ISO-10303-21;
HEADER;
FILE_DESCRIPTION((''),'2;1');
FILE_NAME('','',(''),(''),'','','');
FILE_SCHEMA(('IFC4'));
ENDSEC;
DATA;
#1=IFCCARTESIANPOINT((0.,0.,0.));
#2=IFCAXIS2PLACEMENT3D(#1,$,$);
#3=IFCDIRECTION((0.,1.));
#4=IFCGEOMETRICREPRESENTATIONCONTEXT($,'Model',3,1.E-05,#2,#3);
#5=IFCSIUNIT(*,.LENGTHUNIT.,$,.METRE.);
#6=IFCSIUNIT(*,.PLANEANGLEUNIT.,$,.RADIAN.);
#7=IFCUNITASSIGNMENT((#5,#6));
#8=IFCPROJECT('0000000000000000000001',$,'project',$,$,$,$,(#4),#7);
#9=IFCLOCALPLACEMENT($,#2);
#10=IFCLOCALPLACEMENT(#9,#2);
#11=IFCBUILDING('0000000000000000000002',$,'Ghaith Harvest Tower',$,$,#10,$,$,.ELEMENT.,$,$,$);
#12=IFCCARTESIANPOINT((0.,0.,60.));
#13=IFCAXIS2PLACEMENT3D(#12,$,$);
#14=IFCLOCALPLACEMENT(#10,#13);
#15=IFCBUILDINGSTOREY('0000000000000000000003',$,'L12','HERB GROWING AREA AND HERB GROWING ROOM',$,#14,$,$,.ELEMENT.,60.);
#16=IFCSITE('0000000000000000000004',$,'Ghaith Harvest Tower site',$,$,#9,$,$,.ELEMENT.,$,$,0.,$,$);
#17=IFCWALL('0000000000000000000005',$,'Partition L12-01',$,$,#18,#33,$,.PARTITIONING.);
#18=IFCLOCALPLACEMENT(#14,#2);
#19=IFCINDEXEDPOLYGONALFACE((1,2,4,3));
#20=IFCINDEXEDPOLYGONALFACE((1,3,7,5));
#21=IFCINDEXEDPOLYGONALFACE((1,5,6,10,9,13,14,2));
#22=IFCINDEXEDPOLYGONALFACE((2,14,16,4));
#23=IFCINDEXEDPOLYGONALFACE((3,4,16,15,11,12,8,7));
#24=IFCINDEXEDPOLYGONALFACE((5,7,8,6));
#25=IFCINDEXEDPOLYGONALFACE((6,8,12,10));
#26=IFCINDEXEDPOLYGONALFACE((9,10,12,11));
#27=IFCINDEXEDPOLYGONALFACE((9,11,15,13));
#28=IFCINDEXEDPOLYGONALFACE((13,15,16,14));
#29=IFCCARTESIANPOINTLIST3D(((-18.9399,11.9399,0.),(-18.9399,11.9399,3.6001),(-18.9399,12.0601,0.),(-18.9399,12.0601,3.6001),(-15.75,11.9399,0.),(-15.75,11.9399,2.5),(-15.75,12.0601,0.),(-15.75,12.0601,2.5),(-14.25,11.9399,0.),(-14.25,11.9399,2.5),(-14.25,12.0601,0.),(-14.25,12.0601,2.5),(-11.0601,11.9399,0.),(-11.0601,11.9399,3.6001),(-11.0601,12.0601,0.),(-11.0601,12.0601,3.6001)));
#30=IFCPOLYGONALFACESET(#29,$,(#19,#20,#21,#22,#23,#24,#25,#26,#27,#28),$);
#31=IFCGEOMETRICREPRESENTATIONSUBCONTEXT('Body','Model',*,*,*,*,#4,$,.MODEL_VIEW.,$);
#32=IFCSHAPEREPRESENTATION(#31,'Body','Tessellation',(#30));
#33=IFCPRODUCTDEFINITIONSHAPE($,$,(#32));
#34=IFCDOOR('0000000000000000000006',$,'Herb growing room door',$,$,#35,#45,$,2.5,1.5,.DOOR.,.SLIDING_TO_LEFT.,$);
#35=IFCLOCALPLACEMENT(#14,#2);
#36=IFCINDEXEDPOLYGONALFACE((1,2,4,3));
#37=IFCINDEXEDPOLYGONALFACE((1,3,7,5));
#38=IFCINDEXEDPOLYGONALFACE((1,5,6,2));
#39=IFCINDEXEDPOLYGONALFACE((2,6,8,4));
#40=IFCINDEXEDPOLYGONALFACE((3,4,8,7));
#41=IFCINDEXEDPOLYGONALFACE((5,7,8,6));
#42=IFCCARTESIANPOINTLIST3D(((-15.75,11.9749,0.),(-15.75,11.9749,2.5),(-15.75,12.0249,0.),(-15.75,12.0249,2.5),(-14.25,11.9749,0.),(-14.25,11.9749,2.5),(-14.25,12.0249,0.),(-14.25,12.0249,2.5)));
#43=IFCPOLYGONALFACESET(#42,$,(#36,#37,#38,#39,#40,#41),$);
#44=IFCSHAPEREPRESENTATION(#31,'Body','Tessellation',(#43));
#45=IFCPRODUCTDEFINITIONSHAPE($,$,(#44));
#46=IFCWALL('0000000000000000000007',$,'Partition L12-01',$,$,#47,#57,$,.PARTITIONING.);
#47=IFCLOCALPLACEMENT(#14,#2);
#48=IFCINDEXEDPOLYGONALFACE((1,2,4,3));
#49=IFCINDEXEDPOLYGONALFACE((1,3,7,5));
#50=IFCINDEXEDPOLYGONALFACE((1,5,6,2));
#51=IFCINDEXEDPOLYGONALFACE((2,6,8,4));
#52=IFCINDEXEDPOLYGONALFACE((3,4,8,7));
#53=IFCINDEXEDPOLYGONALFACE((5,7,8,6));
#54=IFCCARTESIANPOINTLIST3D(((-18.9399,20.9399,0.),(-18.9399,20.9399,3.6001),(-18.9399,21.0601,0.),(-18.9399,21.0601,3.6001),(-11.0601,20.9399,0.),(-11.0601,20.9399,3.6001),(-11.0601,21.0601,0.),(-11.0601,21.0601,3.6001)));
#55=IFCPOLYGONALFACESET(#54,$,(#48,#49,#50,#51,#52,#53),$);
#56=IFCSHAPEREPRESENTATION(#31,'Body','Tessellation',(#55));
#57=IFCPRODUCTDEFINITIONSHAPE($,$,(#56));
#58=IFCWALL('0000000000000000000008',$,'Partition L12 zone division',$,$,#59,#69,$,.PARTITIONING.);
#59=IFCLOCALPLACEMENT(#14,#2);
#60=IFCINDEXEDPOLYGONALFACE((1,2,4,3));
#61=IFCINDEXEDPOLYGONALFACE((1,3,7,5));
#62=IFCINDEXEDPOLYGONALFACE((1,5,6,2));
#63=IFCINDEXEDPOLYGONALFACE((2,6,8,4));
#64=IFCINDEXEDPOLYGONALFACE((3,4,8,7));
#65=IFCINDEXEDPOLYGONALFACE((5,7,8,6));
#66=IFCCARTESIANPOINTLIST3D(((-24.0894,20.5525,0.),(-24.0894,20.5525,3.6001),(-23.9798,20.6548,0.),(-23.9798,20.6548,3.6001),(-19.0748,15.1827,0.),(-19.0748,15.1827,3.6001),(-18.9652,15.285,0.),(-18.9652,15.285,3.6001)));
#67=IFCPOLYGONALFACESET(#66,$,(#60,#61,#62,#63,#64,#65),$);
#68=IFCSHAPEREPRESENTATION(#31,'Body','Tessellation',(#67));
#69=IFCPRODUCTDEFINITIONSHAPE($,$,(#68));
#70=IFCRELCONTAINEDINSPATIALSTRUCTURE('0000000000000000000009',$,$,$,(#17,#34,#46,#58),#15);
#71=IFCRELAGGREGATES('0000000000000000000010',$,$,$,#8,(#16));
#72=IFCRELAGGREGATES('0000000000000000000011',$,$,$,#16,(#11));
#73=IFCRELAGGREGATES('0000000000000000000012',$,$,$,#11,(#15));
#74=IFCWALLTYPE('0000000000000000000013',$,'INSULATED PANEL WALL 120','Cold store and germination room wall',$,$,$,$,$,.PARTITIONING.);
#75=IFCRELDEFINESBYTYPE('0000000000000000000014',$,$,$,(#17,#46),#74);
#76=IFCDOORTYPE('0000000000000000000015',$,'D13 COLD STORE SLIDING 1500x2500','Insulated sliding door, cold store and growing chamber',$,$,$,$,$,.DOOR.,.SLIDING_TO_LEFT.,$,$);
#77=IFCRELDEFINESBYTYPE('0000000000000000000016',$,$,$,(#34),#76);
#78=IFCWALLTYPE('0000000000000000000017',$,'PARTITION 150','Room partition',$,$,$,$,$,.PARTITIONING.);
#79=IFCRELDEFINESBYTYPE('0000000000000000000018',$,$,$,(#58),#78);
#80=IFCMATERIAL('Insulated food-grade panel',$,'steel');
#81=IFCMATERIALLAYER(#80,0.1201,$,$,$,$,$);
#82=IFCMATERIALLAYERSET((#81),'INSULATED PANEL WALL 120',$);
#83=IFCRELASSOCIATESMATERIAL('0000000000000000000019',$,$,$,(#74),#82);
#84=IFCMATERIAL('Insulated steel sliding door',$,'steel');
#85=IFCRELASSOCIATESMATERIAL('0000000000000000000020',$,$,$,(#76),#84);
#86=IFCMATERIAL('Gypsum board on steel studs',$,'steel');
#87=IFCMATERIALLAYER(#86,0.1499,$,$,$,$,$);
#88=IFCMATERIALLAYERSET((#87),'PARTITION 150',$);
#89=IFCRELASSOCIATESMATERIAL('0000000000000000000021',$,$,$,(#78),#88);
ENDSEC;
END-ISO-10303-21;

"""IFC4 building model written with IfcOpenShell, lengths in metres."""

from ifc_helpers import new_model, si_unit, direction, frame, frame_2d, origin, place, context, subcontext, project, spatial, rectangle, extrude, material, layer, layer_set, type_object, element, fill, save


model = new_model("IFC4")

# Units and contexts
model_context = context("Model", 3, precision=1e-05, world=origin(), true_north=direction((0.0, 1.0)))
body_context = subcontext(model_context, "Body", "Model", "MODEL_VIEW")
ifc_project = project(units=[si_unit("LENGTHUNIT", "METRE"), si_unit("PLANEANGLEUNIT", "RADIAN")], contexts=[model_context])

# Site, building, storey
site_placement = place(None, origin())
site = spatial("IfcSite", under=ifc_project, at=site_placement, Name="Ghaith Harvest Tower site", CompositionType="ELEMENT", RefElevation=0.0)
building_placement = place(site_placement, origin())
building = spatial("IfcBuilding", under=site, at=building_placement, Name="Ghaith Harvest Tower", CompositionType="ELEMENT")
storey_placement = place(building_placement, frame((0.0, 0.0, 60.0)))
storey = spatial("IfcBuildingStorey", under=building, at=storey_placement, Name="L12", Description="HERB GROWING AREA AND HERB GROWING ROOM", CompositionType="ELEMENT", Elevation=60.0)

# Shared definitions
ifc_material_1 = material(Name="Insulated food-grade panel", Category="steel")
ifc_layer_1 = layer(ifc_material_1, 0.1201)
ifc_layer_set_1 = layer_set([ifc_layer_1], Name="INSULATED PANEL WALL 120")
wall_type_1 = type_object("IfcWallType", Name="INSULATED PANEL WALL 120", Description="Cold store and germination room wall", PredefinedType="PARTITIONING", material=ifc_layer_set_1)

# Wall, opening, door
wall_1_placement = place(storey_placement, frame((-18.9399, 12.0, 0.0), z_axis=(0.0, 0.0, 1.0), x_axis=(1.0, 0.0, 0.0)))
wall_1 = element("IfcWall", 1, at=wall_1_placement, inside=storey, type_object=wall_type_1, Name="Partition L12-01", PredefinedType="PARTITIONING", context=body_context, shape_type="SweptSolid", body=[
    extrude(rectangle(XDim=7.8799, YDim=0.1201, at=frame_2d((3.9399, 0.0))), origin(), (0.0, 0.0, 1.0), 3.6001),
])
opening_placement = place(wall_1_placement, frame((3.1899, 0.0, 0.0)))
opening = element("IfcOpeningElement", 2, at=opening_placement, cuts=wall_1, PredefinedType="OPENING", context=body_context, shape_type="SweptSolid", body=[
    extrude(rectangle(XDim=1.5, YDim=2.5, at=frame_2d((0.75, 1.25))), frame((0.0, 0.0701, 0.0), z_axis=(0.0, -1.0, 0.0), x_axis=(1.0, 0.0, 0.0)), (0.0, 0.0, 1.0), 0.1401),
])
ifc_material_2 = material(Name="Insulated steel sliding door", Category="steel")
door_type = type_object("IfcDoorType", Name="D13 COLD STORE SLIDING 1500x2500", Description="Insulated sliding door, cold store and growing chamber", OperationType="SLIDING_TO_LEFT", PredefinedType="DOOR", material=ifc_material_2)
door_placement = place(opening_placement, origin())
door = element("IfcDoor", 3, at=door_placement, inside=storey, type_object=door_type, Name="Herb growing room door", OperationType="SLIDING_TO_LEFT", OverallHeight=2.5, OverallWidth=1.5, PredefinedType="DOOR", context=body_context, shape_type="SweptSolid", body=[
    extrude(rectangle(XDim=1.5, YDim=2.5, at=frame_2d((0.75, 1.25))), frame((0.0, 0.0249, 0.0), z_axis=(0.0, -1.0, 0.0), x_axis=(1.0, 0.0, 0.0)), (0.0, 0.0, 1.0), 0.05),
])
fill(opening, door)

# Walls
wall_2_placement = place(storey_placement, frame((-18.9399, 21.0, 0.0), z_axis=(0.0, 0.0, 1.0), x_axis=(1.0, 0.0, 0.0)))
element("IfcWall", 4, at=wall_2_placement, inside=storey, type_object=wall_type_1, Name="Partition L12-01", PredefinedType="PARTITIONING", context=body_context, shape_type="SweptSolid", body=[
    extrude(rectangle(XDim=7.8799, YDim=0.1201, at=frame_2d((3.9399, 0.0))), origin(), (0.0, 0.0, 1.0), 3.6001),
])
ifc_material_3 = material(Name="Gypsum board on steel studs", Category="steel")
ifc_layer_2 = layer(ifc_material_3, 0.1499)
ifc_layer_set_2 = layer_set([ifc_layer_2], Name="PARTITION 150")
wall_type_2 = type_object("IfcWallType", Name="PARTITION 150", Description="Room partition", PredefinedType="PARTITIONING", material=ifc_layer_set_2)
wall_3_placement = place(storey_placement, frame((-19.02, 15.2339, 0.0), z_axis=(0.0, 0.0, 1.0), x_axis=(-0.682519, 0.730867, 0.0)))
element("IfcWall", 5, at=wall_3_placement, inside=storey, type_object=wall_type_2, Name="Partition L12 zone division", PredefinedType="PARTITIONING", context=body_context, shape_type="SweptSolid", body=[
    extrude(rectangle(XDim=7.3472, YDim=0.1499, at=frame_2d((3.6736, 0.0))), origin(), (0.0, 0.0, 1.0), 3.6001),
])

save(model, "model.ifc")
